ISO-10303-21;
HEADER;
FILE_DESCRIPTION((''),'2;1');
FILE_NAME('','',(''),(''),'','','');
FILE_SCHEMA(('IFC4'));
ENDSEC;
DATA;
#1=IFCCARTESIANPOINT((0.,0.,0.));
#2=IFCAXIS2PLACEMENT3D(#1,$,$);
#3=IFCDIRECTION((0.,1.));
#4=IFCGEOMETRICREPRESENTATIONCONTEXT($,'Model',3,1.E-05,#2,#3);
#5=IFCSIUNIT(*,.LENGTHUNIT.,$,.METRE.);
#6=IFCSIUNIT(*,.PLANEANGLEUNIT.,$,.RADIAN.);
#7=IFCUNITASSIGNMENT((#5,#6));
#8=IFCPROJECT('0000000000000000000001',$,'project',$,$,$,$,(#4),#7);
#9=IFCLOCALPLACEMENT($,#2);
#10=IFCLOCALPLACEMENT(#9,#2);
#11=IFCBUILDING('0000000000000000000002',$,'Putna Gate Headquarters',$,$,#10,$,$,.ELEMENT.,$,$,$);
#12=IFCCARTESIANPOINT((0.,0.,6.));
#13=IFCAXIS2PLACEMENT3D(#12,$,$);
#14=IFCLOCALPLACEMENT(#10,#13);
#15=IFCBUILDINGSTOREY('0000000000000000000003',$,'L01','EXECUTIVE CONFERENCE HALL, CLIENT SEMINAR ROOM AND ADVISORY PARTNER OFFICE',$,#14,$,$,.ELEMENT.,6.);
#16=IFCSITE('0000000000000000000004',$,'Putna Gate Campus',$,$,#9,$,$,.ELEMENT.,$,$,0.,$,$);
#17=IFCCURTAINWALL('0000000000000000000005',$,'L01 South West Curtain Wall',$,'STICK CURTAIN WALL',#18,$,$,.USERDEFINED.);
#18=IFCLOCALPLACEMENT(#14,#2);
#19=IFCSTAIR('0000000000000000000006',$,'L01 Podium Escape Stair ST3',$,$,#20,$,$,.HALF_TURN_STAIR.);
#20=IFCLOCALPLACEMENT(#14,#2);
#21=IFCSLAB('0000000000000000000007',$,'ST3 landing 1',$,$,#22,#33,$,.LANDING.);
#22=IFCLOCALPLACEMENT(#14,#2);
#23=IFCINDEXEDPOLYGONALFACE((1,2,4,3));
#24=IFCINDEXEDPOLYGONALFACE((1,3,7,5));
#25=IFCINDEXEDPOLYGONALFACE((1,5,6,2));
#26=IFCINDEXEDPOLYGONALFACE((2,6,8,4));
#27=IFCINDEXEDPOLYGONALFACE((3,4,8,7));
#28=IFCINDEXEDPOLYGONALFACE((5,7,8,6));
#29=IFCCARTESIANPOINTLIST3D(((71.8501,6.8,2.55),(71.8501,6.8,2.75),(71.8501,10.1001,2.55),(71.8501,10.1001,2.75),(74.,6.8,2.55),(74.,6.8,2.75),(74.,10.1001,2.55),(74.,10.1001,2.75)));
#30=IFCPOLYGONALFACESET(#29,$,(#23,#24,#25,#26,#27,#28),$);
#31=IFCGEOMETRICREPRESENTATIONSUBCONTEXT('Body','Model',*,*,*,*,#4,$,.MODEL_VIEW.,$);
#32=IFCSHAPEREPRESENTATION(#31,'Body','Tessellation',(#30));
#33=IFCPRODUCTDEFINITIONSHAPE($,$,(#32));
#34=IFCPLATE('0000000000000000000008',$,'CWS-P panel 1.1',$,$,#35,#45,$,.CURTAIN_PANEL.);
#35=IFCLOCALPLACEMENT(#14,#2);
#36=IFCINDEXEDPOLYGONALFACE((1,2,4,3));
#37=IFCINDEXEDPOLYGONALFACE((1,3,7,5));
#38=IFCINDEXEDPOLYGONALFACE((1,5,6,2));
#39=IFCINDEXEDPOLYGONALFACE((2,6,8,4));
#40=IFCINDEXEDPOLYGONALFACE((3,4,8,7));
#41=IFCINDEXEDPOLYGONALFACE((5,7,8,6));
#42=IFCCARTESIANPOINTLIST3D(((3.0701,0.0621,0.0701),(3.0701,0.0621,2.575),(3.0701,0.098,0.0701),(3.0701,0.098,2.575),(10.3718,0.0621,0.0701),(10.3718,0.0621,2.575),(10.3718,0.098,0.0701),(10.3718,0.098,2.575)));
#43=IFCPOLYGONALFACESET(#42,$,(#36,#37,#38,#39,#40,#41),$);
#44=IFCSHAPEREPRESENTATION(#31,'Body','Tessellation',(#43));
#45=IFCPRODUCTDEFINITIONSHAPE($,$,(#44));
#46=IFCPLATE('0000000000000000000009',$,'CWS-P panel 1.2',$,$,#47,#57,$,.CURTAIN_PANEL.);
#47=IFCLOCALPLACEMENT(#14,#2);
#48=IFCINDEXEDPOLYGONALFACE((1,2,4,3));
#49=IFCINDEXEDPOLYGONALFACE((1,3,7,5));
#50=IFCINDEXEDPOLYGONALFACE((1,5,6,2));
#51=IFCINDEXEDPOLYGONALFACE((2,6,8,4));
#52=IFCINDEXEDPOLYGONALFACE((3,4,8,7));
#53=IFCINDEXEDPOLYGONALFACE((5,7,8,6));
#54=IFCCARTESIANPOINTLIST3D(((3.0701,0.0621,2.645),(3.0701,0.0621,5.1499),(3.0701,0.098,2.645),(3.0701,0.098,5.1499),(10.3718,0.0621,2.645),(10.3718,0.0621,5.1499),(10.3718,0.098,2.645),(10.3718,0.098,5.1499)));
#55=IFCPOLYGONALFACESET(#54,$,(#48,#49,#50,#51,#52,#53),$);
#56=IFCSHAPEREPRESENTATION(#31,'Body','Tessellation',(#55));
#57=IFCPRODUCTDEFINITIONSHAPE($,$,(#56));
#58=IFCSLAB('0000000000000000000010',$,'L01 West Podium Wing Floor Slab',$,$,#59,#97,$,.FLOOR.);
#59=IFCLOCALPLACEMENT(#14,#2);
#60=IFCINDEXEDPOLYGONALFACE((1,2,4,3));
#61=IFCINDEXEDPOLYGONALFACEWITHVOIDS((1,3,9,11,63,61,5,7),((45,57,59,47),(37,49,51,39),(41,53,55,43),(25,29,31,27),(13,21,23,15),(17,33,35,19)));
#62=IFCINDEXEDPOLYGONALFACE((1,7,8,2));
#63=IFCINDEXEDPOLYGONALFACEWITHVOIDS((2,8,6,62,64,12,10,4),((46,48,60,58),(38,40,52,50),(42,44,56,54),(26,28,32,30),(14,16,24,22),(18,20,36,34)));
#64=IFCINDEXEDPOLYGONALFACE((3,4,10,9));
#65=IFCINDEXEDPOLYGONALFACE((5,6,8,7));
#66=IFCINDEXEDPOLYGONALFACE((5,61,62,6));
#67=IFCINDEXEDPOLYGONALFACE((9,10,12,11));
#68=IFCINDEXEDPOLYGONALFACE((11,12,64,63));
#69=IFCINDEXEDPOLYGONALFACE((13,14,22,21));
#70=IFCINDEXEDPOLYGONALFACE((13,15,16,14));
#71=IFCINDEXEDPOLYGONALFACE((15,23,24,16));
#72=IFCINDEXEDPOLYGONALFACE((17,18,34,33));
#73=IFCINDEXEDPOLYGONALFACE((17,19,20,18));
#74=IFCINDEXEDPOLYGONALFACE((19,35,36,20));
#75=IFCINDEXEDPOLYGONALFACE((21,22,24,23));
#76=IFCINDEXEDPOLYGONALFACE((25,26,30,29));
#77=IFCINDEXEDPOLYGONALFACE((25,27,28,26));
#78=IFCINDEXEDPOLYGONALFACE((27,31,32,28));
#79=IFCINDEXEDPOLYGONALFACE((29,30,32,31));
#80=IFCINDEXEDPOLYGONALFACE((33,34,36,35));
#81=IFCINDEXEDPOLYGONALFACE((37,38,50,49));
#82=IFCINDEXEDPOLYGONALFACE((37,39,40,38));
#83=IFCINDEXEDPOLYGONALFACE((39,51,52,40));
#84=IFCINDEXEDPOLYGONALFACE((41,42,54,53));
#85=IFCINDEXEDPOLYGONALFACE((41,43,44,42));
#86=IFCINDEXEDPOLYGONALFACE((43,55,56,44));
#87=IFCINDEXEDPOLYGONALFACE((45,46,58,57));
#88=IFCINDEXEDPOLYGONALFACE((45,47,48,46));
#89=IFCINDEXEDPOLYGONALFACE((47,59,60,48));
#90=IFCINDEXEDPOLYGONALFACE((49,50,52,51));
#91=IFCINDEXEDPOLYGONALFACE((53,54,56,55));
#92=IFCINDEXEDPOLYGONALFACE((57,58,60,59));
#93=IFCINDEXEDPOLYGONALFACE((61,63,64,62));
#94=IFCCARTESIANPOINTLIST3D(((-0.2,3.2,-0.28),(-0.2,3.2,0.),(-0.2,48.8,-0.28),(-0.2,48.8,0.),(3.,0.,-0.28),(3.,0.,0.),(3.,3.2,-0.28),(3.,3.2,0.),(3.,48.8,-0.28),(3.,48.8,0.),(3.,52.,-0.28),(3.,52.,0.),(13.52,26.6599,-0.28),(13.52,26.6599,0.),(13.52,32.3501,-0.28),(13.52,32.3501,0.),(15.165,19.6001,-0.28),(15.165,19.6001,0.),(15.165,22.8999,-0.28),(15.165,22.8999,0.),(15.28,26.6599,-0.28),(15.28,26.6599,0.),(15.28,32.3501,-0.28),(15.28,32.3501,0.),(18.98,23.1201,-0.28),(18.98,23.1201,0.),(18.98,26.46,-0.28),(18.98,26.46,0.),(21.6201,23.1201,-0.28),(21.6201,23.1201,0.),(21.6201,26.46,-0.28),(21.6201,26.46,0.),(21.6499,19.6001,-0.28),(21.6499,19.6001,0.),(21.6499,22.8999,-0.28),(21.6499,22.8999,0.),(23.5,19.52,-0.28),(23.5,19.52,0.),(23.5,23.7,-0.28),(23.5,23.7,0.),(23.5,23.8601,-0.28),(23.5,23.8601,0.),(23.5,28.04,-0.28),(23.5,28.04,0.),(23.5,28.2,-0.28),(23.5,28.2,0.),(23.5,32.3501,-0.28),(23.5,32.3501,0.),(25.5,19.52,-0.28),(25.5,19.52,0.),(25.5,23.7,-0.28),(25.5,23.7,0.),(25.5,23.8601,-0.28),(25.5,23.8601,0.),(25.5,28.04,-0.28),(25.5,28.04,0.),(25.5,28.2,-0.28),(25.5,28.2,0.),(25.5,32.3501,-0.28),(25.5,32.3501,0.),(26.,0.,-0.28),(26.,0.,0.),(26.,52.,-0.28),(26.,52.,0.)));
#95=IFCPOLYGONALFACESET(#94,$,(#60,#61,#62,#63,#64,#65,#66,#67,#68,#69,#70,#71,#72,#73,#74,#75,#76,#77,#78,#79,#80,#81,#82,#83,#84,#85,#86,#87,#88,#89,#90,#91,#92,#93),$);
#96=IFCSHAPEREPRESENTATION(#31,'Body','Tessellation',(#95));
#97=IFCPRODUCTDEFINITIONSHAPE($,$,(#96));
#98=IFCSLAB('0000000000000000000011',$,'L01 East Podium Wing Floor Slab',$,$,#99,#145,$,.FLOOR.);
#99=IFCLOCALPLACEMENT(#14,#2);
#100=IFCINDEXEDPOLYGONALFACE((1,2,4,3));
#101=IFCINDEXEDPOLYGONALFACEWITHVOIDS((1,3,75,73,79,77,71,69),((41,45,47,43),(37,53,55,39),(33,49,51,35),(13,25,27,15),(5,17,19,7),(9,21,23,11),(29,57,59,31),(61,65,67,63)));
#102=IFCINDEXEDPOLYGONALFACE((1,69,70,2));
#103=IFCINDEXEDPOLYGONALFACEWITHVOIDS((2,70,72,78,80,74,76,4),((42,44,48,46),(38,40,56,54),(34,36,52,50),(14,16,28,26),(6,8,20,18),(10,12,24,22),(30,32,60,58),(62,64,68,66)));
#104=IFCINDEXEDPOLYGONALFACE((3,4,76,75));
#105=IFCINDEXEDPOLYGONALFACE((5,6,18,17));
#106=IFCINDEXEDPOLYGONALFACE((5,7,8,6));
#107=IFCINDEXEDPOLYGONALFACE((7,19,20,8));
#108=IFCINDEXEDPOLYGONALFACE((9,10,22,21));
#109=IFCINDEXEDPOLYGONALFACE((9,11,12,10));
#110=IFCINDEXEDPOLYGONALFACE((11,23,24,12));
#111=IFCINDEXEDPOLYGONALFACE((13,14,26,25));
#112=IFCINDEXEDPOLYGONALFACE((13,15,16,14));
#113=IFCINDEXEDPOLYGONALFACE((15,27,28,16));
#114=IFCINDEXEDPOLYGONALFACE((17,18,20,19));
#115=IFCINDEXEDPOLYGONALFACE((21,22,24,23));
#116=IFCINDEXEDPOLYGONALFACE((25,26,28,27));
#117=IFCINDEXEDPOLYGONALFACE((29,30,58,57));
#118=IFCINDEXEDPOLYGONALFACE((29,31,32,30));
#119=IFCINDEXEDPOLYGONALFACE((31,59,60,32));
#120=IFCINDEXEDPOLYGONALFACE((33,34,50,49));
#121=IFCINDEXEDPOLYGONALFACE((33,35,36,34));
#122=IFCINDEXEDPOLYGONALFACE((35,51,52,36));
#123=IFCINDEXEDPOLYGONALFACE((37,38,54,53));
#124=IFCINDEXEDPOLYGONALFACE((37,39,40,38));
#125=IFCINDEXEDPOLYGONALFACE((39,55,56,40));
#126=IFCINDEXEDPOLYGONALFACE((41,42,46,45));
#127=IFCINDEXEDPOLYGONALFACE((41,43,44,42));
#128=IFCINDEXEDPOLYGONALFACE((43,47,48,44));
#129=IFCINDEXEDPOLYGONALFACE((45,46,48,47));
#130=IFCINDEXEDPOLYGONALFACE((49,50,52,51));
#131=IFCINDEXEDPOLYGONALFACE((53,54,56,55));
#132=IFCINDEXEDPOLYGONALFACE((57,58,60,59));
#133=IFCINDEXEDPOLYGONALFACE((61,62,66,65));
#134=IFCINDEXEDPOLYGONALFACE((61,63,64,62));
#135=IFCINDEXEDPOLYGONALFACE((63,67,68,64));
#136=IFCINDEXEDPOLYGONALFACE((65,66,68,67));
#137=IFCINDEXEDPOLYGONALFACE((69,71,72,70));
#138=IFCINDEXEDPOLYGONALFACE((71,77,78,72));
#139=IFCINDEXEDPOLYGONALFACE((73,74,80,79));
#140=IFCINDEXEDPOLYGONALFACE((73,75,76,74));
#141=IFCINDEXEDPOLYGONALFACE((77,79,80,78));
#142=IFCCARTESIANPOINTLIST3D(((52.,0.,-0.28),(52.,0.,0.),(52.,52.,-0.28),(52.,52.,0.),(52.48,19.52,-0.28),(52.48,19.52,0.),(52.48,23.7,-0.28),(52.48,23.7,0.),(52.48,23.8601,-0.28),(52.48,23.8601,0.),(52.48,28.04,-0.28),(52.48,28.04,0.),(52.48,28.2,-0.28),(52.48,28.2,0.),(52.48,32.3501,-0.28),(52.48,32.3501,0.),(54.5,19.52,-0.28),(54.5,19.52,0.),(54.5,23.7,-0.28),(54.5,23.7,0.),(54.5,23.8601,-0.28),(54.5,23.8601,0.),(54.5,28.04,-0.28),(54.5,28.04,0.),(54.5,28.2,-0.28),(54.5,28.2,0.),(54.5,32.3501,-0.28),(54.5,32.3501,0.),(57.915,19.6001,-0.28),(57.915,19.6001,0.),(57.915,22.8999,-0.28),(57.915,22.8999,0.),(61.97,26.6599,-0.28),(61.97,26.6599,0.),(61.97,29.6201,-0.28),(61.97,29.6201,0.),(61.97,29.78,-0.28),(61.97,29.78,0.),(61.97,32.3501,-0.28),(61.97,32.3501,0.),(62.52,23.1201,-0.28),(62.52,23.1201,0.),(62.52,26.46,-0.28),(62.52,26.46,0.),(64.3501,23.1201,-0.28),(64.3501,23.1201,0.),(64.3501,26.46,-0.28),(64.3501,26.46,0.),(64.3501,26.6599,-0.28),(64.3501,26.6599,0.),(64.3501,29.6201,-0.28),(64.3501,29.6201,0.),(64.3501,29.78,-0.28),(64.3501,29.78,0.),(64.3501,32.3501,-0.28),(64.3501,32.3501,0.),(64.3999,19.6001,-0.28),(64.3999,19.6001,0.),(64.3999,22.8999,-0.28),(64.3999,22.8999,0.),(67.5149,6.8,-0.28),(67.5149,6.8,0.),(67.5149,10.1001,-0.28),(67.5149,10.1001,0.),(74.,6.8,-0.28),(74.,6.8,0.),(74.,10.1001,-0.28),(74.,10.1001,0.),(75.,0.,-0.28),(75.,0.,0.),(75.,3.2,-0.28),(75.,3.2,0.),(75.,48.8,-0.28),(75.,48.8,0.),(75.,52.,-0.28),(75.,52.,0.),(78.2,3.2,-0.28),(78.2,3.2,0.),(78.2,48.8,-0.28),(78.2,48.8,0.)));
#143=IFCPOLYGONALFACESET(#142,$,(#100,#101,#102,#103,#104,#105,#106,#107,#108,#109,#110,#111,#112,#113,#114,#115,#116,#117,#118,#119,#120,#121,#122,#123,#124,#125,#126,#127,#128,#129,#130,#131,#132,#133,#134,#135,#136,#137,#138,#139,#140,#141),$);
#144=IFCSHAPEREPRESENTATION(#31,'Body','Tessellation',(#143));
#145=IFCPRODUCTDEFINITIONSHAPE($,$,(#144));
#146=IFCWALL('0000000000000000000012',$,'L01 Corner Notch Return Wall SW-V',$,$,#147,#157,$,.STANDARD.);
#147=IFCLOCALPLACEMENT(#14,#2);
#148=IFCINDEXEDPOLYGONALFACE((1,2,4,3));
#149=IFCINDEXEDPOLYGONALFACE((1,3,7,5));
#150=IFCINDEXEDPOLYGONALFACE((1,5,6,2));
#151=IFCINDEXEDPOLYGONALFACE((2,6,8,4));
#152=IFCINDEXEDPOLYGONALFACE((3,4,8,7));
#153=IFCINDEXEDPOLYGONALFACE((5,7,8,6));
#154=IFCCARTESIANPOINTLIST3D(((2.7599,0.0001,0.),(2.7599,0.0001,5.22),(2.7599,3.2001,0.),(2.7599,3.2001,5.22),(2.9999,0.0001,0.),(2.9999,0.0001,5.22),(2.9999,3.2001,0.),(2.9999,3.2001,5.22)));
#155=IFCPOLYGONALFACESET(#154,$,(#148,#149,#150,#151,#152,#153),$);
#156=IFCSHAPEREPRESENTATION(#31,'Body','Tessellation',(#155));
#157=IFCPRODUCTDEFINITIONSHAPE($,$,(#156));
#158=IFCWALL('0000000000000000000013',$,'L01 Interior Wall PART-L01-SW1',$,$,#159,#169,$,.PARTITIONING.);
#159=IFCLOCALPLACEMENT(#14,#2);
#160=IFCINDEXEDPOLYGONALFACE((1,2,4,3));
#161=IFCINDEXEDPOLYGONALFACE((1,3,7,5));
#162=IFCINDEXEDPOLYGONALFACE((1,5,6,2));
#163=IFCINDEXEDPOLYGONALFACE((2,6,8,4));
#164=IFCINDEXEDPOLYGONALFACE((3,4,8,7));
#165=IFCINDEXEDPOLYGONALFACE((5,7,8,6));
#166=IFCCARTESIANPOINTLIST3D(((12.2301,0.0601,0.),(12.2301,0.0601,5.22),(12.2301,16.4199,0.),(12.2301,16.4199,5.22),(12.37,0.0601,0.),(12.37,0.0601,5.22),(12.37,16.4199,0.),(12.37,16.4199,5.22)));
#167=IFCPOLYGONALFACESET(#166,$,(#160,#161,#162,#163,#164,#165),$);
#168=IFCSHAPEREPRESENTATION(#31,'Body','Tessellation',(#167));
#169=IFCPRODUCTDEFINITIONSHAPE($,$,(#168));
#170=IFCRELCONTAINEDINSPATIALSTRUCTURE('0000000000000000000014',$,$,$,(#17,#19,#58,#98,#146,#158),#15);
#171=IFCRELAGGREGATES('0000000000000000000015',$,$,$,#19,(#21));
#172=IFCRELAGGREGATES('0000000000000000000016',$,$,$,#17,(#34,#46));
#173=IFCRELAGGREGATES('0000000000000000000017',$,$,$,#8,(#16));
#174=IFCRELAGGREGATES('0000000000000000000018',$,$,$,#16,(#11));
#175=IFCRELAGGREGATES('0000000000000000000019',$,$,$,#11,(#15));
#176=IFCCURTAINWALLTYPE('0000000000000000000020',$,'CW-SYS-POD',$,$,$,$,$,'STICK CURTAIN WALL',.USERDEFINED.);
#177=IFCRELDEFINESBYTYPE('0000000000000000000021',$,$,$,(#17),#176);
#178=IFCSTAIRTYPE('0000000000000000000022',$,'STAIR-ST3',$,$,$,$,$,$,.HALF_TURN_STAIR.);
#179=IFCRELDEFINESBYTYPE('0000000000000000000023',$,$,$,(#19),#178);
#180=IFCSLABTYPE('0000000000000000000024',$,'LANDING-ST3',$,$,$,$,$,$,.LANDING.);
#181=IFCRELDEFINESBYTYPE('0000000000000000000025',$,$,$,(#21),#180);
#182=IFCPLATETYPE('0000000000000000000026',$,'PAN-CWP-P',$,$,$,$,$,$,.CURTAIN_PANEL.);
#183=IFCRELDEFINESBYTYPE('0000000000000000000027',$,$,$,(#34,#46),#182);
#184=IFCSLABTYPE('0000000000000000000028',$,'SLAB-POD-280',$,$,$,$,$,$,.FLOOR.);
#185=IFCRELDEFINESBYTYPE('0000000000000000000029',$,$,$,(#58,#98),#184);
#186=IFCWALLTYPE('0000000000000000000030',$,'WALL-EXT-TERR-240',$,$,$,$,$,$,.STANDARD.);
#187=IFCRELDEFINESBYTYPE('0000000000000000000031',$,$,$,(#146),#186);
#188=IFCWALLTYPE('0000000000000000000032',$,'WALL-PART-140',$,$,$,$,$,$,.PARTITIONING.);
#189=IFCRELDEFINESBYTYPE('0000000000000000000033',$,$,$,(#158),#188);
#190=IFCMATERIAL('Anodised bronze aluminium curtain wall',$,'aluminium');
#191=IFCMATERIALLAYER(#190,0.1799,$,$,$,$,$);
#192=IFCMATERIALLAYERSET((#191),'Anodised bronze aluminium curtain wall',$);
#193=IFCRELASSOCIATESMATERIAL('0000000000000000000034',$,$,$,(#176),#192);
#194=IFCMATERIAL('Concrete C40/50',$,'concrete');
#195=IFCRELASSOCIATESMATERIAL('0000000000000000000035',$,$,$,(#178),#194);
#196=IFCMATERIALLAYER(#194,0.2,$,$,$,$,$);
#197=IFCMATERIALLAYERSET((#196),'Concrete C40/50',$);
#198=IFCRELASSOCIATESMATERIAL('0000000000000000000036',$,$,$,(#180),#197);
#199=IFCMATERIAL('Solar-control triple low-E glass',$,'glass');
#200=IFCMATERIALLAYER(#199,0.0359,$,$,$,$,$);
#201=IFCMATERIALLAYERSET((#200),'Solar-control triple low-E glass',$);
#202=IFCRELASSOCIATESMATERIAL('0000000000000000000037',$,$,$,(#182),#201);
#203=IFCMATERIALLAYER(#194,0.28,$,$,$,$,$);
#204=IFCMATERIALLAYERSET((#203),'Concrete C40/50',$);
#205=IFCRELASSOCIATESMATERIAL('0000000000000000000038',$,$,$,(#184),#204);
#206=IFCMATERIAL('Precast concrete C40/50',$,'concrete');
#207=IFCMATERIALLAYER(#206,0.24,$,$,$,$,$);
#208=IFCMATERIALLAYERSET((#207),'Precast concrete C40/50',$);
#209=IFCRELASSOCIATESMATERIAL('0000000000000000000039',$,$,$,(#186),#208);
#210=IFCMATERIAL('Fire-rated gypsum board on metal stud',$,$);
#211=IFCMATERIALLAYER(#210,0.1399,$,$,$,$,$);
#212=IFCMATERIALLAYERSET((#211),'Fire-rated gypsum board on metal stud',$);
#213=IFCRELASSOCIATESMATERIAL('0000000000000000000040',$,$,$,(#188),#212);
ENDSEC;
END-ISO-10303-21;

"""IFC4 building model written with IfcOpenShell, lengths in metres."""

from ifc_helpers import new_model, si_unit, direction, frame, frame_2d, origin, origin_2d, place, context, subcontext, project, spatial, polyline, rectangle, outline, extrude, material, layer, layer_set, type_object, element, aggregate, save


model = new_model("IFC4")

# Units and contexts
model_context = context("Model", 3, precision=1e-05, world=origin(), true_north=direction((0.0, 1.0)))
body_context = subcontext(model_context, "Body", "Model", "MODEL_VIEW")
ifc_project = project(units=[si_unit("LENGTHUNIT", "METRE"), si_unit("PLANEANGLEUNIT", "RADIAN")], contexts=[model_context])

# Site, building, storey
site_placement = place(None, origin())
site = spatial("IfcSite", under=ifc_project, at=site_placement, Name="Putna Gate Campus", CompositionType="ELEMENT", RefElevation=0.0)
building_placement = place(site_placement, origin())
building = spatial("IfcBuilding", under=site, at=building_placement, Name="Putna Gate Headquarters", CompositionType="ELEMENT")
storey_placement = place(building_placement, frame((0.0, 0.0, 6.0)))
storey = spatial("IfcBuildingStorey", under=building, at=storey_placement, Name="L01", Description="EXECUTIVE CONFERENCE HALL, CLIENT SEMINAR ROOM AND ADVISORY PARTNER OFFICE", CompositionType="ELEMENT", Elevation=6.0)

# Curtain wall
ifc_material_1 = material(Name="Anodised bronze aluminium curtain wall", Category="aluminium")
ifc_layer_1 = layer(ifc_material_1, 0.1799)
ifc_layer_set_1 = layer_set([ifc_layer_1], Name="Anodised bronze aluminium curtain wall")
curtain_wall_type = type_object("IfcCurtainWallType", Name="CW-SYS-POD", ElementType="STICK CURTAIN WALL", PredefinedType="USERDEFINED", material=ifc_layer_set_1)
curtain_wall_placement = place(storey_placement, origin())
curtain_wall = element("IfcCurtainWall", 1, at=curtain_wall_placement, inside=storey, type_object=curtain_wall_type, Name="L01 South West Curtain Wall", ObjectType="STICK CURTAIN WALL", PredefinedType="USERDEFINED")

# Stair, slab
ifc_material_2 = material(Name="Concrete C40/50", Category="concrete")
stair_type_1 = type_object("IfcStairType", Name="STAIR-ST3", PredefinedType="HALF_TURN_STAIR", material=ifc_material_2)
stair_1_placement = place(storey_placement, origin())
stair_1 = element("IfcStair", 2, at=stair_1_placement, inside=storey, type_object=stair_type_1, Name="L01 Podium Escape Stair ST3", PredefinedType="HALF_TURN_STAIR")
ifc_layer_2 = layer(ifc_material_2, 0.2)
ifc_layer_set_2 = layer_set([ifc_layer_2], Name="Concrete C40/50")
slab_type_1 = type_object("IfcSlabType", Name="LANDING-ST3", PredefinedType="LANDING", material=ifc_layer_set_2)
slab_1_placement = place(storey_placement, frame((0.0, 0.0, 2.55)))
slab_1 = element("IfcSlab", 3, at=slab_1_placement, type_object=slab_type_1, Name="ST3 landing 1", PredefinedType="LANDING", context=body_context, shape_type="SweptSolid", body=[
    extrude(outline(polyline([(71.8501, 6.8), (74.0, 6.8), (74.0, 10.1001), (71.8501, 10.1001), (71.8501, 6.8)])), origin(), (0.0, 0.0, 1.0), 0.2),
])
aggregate(stair_1, [slab_1])

# Plates
ifc_material_3 = material(Name="Solar-control triple low-E glass", Category="glass")
ifc_layer_3 = layer(ifc_material_3, 0.0359)
ifc_layer_set_3 = layer_set([ifc_layer_3], Name="Solar-control triple low-E glass")
plate_type = type_object("IfcPlateType", Name="PAN-CWP-P", PredefinedType="CURTAIN_PANEL", material=ifc_layer_set_3)
plate_1_placement = place(storey_placement, frame((6.7209, 0.0801, 0.0701), z_axis=(0.0, 0.0, 1.0), x_axis=(1.0, 0.0, 0.0)))
plate_1 = element("IfcPlate", 4, at=plate_1_placement, type_object=plate_type, Name="CWS-P panel 1.1", PredefinedType="CURTAIN_PANEL", context=body_context, shape_type="SweptSolid", body=[
    extrude(rectangle(XDim=7.3018, YDim=0.0359, at=origin_2d()), origin(), (0.0, 0.0, 1.0), 2.5049),
])
plate_2_placement = place(storey_placement, frame((6.7209, 0.0801, 2.645), z_axis=(0.0, 0.0, 1.0), x_axis=(1.0, 0.0, 0.0)))
plate_2 = element("IfcPlate", 5, at=plate_2_placement, type_object=plate_type, Name="CWS-P panel 1.2", PredefinedType="CURTAIN_PANEL", context=body_context, shape_type="SweptSolid", body=[
    extrude(rectangle(XDim=7.3018, YDim=0.0359, at=origin_2d()), origin(), (0.0, 0.0, 1.0), 2.5049),
])
aggregate(curtain_wall, [plate_1, plate_2])

# Slabs
ifc_layer_4 = layer(ifc_material_2, 0.28)
ifc_layer_set_4 = layer_set([ifc_layer_4], Name="Concrete C40/50")
slab_type_2 = type_object("IfcSlabType", Name="SLAB-POD-280", PredefinedType="FLOOR", material=ifc_layer_set_4)
slab_2_placement = place(storey_placement, frame((0.0, 0.0, -0.28)))
element("IfcSlab", 6, at=slab_2_placement, inside=storey, type_object=slab_type_2, Name="L01 West Podium Wing Floor Slab", PredefinedType="FLOOR", context=body_context, shape_type="SweptSolid", body=[
    extrude(outline(polyline([(3.0, 0.0), (26.0, 0.0), (26.0, 52.0), (3.0, 52.0), (3.0, 48.8), (-0.2, 48.8), (-0.2, 3.2), (3.0, 3.2), (3.0, 0.0)]), holes=[polyline([(15.165, 19.6001), (21.6499, 19.6001), (21.6499, 22.8999), (15.165, 22.8999), (15.165, 19.6001)]), polyline([(13.52, 26.6599), (15.28, 26.6599), (15.28, 32.3501), (13.52, 32.3501), (13.52, 26.6599)]), polyline([(18.98, 23.1201), (21.6201, 23.1201), (21.6201, 26.46), (18.98, 26.46), (18.98, 23.1201)]), polyline([(23.5, 19.52), (25.5, 19.52), (25.5, 23.7), (23.5, 23.7), (23.5, 19.52)]), polyline([(23.5, 23.8601), (25.5, 23.8601), (25.5, 28.04), (23.5, 28.04), (23.5, 23.8601)]), polyline([(23.5, 28.2), (25.5, 28.2), (25.5, 32.3501), (23.5, 32.3501), (23.5, 28.2)])]), origin(), (0.0, 0.0, 1.0), 0.28),
])
slab_3_placement = place(storey_placement, frame((0.0, 0.0, -0.28)))
element("IfcSlab", 7, at=slab_3_placement, inside=storey, type_object=slab_type_2, Name="L01 East Podium Wing Floor Slab", PredefinedType="FLOOR", context=body_context, shape_type="SweptSolid", body=[
    extrude(outline(polyline([(52.0, 0.0), (75.0, 0.0), (75.0, 3.2), (78.2, 3.2), (78.2, 48.8), (75.0, 48.8), (75.0, 52.0), (52.0, 52.0), (52.0, 0.0)]), holes=[polyline([(57.915, 19.6001), (64.3999, 19.6001), (64.3999, 22.8999), (57.915, 22.8999), (57.915, 19.6001)]), polyline([(67.5149, 6.8), (74.0, 6.8), (74.0, 10.1001), (67.5149, 10.1001), (67.5149, 6.8)]), polyline([(61.97, 29.78), (64.3501, 29.78), (64.3501, 32.3501), (61.97, 32.3501), (61.97, 29.78)]), polyline([(62.52, 23.1201), (64.3501, 23.1201), (64.3501, 26.46), (62.52, 26.46), (62.52, 23.1201)]), polyline([(61.97, 26.6599), (64.3501, 26.6599), (64.3501, 29.6201), (61.97, 29.6201), (61.97, 26.6599)]), polyline([(52.48, 19.52), (54.5, 19.52), (54.5, 23.7), (52.48, 23.7), (52.48, 19.52)]), polyline([(52.48, 23.8601), (54.5, 23.8601), (54.5, 28.04), (52.48, 28.04), (52.48, 23.8601)]), polyline([(52.48, 28.2), (54.5, 28.2), (54.5, 32.3501), (52.48, 32.3501), (52.48, 28.2)])]), origin(), (0.0, 0.0, 1.0), 0.28),
])

# Walls
ifc_material_4 = material(Name="Precast concrete C40/50", Category="concrete")
ifc_layer_5 = layer(ifc_material_4, 0.24)
ifc_layer_set_5 = layer_set([ifc_layer_5], Name="Precast concrete C40/50")
wall_type_1 = type_object("IfcWallType", Name="WALL-EXT-TERR-240", PredefinedType="STANDARD", material=ifc_layer_set_5)
wall_1_placement = place(storey_placement, frame((2.8799, 0.0, 0.0), z_axis=(0.0, 0.0, 1.0), x_axis=(0.0, 1.0, 0.0)))
element("IfcWall", 8, at=wall_1_placement, inside=storey, type_object=wall_type_1, Name="L01 Corner Notch Return Wall SW-V", PredefinedType="STANDARD", context=body_context, shape_type="SweptSolid", body=[
    extrude(rectangle(XDim=3.2, YDim=0.24, at=frame_2d((1.6001, 0.0))), origin(), (0.0, 0.0, 1.0), 5.22),
])
ifc_material_5 = material(Name="Fire-rated gypsum board on metal stud")
ifc_layer_6 = layer(ifc_material_5, 0.1399)
ifc_layer_set_6 = layer_set([ifc_layer_6], Name="Fire-rated gypsum board on metal stud")
wall_type_2 = type_object("IfcWallType", Name="WALL-PART-140", PredefinedType="PARTITIONING", material=ifc_layer_set_6)
wall_2_placement = place(storey_placement, frame((12.3, 0.0601, 0.0), z_axis=(0.0, 0.0, 1.0), x_axis=(0.0, 1.0, 0.0)))
element("IfcWall", 9, at=wall_2_placement, inside=storey, type_object=wall_type_2, Name="L01 Interior Wall PART-L01-SW1", PredefinedType="PARTITIONING", context=body_context, shape_type="SweptSolid", body=[
    extrude(rectangle(XDim=16.3599, YDim=0.1399, at=frame_2d((8.1799, 0.0))), origin(), (0.0, 0.0, 1.0), 5.22),
])

save(model, "model.ifc")
